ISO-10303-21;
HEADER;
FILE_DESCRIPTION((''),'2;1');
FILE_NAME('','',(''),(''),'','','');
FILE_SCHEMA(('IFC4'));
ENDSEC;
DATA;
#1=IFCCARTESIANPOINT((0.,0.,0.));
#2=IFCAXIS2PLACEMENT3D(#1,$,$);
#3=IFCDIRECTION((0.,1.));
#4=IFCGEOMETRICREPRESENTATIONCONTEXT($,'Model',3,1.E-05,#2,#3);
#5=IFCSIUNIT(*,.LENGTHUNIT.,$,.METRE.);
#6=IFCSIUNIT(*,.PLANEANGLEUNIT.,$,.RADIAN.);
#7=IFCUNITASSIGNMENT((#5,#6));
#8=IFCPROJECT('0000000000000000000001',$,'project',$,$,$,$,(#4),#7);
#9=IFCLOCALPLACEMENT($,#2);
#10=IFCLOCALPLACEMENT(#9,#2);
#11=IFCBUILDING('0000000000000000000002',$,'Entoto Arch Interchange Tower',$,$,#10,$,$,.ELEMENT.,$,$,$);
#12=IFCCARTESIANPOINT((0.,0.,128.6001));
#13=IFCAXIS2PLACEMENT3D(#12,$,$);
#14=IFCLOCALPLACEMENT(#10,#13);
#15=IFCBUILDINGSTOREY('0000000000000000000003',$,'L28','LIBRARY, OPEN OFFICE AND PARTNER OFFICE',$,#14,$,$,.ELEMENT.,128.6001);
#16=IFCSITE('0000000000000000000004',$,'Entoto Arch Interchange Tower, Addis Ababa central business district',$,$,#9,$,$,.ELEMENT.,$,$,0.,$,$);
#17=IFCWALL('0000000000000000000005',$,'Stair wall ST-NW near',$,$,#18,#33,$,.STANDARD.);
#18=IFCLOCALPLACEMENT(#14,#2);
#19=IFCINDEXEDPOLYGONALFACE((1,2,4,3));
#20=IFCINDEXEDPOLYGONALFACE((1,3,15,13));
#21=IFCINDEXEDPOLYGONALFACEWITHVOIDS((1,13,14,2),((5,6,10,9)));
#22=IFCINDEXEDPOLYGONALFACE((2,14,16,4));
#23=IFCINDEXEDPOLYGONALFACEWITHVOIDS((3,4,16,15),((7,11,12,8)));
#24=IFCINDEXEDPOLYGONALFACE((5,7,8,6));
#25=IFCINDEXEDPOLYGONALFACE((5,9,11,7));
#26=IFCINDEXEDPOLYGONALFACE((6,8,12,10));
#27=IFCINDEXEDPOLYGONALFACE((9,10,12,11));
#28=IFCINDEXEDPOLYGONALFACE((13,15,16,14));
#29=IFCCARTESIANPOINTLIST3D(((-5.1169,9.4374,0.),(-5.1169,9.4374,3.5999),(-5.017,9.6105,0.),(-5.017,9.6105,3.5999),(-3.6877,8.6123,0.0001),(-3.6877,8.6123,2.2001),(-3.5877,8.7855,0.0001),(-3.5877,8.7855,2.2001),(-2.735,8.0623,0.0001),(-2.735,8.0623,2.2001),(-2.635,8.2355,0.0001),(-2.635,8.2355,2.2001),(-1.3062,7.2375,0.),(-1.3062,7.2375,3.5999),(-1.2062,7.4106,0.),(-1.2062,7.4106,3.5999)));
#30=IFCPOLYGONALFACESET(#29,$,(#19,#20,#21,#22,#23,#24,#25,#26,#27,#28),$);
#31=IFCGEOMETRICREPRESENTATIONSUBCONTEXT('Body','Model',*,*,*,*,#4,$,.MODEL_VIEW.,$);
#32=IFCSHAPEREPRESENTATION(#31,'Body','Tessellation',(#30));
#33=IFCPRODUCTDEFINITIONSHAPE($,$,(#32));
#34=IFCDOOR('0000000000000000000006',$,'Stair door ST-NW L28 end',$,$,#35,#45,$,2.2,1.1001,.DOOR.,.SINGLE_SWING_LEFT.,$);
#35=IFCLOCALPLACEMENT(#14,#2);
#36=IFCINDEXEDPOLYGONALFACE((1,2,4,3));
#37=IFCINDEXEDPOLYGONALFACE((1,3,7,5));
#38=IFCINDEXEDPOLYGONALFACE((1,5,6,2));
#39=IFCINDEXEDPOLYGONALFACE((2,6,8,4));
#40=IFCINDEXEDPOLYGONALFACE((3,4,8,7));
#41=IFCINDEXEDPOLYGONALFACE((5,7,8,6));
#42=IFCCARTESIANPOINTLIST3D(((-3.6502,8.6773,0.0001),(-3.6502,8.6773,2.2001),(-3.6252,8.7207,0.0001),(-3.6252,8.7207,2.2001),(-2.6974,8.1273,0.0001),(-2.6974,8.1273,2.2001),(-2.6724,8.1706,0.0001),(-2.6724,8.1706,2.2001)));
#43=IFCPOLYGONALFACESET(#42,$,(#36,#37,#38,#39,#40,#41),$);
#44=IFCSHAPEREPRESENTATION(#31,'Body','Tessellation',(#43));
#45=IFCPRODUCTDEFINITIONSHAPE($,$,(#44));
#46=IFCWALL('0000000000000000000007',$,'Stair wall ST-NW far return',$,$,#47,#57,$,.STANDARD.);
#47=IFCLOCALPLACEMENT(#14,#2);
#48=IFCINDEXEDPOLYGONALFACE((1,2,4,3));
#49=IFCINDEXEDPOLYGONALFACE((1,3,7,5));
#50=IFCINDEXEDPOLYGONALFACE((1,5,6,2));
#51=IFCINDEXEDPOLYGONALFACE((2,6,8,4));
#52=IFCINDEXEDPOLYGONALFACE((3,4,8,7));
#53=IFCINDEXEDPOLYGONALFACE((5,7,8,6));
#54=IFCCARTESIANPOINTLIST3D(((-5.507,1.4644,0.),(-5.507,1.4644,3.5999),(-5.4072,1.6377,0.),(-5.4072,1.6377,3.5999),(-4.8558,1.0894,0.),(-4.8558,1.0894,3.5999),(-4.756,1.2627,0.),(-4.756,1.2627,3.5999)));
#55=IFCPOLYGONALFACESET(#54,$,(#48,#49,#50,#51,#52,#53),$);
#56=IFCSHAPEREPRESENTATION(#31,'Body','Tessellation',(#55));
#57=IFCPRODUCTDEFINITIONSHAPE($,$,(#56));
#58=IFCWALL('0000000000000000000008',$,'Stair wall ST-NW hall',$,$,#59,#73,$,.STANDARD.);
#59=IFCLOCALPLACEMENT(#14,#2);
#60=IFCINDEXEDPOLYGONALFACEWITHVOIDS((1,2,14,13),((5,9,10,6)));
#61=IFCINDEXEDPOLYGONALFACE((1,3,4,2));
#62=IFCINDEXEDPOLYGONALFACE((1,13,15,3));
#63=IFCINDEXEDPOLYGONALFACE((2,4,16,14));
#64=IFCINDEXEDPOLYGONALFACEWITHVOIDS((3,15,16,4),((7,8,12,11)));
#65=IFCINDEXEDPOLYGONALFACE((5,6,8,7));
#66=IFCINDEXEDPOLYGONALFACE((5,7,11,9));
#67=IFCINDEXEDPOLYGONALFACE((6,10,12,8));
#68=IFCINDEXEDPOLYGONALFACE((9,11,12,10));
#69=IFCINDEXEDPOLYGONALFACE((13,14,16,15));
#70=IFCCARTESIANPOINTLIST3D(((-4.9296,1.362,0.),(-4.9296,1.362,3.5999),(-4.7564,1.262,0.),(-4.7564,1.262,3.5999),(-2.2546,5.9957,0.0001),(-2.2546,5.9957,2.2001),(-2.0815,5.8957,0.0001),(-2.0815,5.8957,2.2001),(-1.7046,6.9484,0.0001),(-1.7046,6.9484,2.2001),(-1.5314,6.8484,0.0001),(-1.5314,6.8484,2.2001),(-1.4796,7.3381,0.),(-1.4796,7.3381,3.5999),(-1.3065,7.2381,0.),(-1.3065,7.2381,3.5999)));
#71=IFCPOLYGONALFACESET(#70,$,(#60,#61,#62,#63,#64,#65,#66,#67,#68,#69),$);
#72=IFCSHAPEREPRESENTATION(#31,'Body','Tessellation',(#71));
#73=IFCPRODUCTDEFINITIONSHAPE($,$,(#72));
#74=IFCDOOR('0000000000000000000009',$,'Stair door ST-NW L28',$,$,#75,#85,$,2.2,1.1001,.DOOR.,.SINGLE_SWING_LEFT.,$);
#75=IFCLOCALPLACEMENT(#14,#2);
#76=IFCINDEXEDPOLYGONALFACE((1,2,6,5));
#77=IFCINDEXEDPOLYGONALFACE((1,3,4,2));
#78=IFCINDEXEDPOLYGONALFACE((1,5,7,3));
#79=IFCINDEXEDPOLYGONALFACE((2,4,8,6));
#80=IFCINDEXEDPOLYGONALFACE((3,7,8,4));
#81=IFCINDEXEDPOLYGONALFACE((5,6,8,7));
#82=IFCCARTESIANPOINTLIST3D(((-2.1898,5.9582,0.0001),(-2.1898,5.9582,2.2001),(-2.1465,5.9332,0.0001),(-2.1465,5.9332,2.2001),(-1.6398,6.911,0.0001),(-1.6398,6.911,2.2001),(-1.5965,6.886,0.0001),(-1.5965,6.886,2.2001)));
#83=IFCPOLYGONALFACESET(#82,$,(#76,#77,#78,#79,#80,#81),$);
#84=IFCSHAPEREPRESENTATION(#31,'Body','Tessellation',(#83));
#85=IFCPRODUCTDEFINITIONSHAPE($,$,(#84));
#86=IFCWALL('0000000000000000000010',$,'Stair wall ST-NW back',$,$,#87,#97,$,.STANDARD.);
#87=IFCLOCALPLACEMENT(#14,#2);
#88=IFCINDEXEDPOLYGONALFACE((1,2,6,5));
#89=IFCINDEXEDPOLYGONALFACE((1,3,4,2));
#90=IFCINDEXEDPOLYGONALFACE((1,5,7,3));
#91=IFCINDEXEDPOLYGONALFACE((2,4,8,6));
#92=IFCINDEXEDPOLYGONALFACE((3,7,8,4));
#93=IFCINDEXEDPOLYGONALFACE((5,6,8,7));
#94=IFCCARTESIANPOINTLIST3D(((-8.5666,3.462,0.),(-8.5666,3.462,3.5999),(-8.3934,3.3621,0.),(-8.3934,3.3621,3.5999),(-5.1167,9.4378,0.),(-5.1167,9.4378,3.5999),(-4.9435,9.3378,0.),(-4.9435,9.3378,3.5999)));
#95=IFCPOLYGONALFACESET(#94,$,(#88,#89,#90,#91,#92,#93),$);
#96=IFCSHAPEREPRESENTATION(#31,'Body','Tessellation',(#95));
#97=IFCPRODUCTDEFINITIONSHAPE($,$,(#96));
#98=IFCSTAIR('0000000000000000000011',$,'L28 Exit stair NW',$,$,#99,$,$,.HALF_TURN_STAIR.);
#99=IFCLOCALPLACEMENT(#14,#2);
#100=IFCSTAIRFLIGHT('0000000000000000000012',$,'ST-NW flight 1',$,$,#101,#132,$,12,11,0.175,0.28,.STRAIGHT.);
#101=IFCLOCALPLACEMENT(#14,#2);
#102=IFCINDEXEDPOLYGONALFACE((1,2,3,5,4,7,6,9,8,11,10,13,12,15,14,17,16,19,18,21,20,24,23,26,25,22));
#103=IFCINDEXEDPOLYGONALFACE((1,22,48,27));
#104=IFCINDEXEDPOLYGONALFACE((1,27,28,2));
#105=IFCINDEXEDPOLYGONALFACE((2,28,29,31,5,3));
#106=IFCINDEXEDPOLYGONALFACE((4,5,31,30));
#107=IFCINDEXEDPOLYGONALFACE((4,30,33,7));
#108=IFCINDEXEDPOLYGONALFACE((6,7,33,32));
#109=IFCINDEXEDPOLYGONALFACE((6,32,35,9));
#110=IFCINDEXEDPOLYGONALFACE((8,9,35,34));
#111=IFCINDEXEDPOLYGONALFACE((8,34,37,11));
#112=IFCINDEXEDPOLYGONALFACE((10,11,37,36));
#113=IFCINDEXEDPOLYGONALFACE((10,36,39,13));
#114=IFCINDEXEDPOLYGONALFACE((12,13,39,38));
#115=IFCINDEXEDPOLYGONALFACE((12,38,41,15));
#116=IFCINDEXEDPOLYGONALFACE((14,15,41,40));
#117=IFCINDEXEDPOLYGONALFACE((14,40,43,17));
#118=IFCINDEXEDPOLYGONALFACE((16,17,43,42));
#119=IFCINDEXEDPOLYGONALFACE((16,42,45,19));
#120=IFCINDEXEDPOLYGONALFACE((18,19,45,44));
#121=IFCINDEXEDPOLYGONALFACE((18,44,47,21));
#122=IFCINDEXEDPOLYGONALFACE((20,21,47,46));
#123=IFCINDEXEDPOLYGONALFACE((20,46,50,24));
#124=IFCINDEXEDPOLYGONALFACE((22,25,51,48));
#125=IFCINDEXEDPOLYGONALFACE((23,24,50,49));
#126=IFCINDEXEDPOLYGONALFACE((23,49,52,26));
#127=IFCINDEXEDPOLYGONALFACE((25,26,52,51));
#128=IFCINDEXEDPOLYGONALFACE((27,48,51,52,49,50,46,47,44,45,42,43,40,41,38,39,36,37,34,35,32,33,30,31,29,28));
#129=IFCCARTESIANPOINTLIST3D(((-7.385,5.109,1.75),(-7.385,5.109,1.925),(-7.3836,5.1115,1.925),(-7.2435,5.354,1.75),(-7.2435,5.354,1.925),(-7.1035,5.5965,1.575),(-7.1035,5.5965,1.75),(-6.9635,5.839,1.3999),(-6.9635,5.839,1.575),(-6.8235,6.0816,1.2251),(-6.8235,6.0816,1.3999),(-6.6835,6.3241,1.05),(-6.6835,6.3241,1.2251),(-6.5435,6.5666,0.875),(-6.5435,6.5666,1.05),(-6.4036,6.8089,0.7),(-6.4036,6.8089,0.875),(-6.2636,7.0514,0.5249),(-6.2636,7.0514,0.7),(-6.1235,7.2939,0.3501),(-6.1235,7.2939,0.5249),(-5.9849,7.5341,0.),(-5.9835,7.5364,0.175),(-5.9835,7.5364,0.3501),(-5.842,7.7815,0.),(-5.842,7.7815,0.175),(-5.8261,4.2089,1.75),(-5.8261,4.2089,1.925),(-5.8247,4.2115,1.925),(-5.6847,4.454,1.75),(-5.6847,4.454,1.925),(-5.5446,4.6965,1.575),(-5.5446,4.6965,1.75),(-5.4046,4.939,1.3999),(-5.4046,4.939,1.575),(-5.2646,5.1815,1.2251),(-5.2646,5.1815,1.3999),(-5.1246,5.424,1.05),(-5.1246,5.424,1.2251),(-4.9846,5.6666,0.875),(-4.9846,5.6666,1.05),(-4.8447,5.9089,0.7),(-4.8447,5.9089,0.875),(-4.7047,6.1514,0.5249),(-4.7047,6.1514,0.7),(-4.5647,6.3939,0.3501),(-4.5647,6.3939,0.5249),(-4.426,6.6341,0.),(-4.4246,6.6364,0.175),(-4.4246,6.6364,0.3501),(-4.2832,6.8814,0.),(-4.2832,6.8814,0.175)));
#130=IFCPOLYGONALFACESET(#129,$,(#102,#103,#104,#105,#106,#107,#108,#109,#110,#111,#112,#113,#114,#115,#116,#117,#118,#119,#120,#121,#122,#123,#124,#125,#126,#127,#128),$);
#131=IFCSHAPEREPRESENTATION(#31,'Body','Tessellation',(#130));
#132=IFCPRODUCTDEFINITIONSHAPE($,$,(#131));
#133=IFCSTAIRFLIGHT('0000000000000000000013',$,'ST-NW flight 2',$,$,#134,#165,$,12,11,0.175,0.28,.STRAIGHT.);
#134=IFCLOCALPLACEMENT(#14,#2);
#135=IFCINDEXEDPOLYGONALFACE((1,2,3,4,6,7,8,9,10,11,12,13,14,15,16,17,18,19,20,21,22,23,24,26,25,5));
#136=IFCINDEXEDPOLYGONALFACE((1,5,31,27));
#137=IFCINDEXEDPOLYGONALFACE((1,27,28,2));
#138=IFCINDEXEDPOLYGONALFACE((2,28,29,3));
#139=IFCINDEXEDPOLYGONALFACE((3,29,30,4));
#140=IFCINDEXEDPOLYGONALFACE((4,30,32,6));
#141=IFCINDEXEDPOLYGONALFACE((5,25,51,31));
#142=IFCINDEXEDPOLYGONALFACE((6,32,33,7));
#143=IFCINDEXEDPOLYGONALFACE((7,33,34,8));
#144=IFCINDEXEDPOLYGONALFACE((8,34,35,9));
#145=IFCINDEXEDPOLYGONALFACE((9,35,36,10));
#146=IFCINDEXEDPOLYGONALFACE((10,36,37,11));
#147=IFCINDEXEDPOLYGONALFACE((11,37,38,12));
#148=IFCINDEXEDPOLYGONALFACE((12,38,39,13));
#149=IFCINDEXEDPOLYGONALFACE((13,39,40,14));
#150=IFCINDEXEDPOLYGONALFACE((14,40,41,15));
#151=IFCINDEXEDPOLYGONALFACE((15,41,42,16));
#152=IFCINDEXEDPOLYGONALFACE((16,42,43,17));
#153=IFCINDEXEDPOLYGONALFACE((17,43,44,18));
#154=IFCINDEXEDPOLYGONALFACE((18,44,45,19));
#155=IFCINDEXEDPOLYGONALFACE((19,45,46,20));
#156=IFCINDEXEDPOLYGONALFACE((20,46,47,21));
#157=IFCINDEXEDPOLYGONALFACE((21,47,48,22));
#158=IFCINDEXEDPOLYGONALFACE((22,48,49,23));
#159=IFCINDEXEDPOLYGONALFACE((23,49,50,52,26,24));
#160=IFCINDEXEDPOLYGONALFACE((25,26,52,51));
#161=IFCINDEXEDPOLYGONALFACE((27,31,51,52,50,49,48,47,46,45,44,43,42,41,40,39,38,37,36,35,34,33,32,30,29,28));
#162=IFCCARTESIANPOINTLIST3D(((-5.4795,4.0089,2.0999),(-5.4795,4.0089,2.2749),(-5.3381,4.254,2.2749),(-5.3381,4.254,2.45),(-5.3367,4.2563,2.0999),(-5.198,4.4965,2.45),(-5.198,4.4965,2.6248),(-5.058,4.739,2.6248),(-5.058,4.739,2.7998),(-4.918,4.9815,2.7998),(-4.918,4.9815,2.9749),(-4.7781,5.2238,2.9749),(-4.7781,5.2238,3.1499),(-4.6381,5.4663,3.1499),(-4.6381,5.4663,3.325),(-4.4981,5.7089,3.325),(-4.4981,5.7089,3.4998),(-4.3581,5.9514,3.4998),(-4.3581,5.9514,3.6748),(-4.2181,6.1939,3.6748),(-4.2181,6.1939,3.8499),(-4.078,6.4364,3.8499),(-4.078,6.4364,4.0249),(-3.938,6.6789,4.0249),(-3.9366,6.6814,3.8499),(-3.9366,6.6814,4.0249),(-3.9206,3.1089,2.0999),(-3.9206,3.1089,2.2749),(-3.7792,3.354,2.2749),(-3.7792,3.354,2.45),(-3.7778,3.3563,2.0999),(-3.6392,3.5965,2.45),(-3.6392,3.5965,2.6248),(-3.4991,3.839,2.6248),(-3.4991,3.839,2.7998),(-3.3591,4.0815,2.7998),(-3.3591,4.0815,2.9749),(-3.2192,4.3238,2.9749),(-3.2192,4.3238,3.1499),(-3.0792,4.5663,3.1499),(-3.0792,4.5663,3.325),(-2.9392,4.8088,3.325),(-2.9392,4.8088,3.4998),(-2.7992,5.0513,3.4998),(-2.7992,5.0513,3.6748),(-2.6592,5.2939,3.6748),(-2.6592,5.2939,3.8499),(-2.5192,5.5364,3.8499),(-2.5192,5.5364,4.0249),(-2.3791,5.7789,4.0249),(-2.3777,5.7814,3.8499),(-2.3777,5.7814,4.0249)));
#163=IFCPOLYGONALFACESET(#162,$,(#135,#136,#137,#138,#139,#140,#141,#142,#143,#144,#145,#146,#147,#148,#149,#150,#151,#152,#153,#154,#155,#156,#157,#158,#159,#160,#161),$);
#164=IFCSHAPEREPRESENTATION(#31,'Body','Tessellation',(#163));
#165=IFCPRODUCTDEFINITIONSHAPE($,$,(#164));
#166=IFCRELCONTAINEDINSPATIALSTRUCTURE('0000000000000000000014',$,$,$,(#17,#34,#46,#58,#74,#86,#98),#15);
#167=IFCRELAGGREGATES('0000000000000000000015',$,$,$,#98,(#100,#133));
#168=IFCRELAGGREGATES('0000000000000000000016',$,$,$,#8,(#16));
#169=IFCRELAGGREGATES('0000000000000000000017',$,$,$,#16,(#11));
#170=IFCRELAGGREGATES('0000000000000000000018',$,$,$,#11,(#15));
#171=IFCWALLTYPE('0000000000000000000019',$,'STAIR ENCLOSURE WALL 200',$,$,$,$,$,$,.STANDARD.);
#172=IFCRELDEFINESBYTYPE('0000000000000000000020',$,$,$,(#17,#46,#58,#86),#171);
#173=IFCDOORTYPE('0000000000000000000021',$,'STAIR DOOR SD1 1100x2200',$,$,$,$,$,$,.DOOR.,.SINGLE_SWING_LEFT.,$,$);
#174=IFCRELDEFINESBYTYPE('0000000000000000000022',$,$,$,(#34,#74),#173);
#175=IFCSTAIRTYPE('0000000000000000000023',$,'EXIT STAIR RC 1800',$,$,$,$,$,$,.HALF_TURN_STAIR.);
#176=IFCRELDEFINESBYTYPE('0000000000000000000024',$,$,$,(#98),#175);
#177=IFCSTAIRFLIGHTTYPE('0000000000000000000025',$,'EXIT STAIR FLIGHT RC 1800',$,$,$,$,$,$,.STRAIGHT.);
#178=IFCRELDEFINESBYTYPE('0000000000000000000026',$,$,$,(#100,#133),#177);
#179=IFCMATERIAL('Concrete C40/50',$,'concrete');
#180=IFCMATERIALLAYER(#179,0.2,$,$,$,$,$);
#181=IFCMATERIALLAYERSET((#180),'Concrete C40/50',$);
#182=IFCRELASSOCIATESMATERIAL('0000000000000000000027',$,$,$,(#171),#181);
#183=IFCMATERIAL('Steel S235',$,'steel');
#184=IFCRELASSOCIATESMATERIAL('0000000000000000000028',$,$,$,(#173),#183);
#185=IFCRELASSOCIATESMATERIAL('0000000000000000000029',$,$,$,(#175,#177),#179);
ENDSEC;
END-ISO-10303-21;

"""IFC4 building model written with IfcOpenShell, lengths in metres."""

from ifc_helpers import new_model, si_unit, direction, frame, frame_2d, origin, place, context, subcontext, project, spatial, polyline, rectangle, outline, extrude, material, layer, layer_set, type_object, element, fill, aggregate, save


model = new_model("IFC4")

# Units and contexts
model_context = context("Model", 3, precision=1e-05, world=origin(), true_north=direction((0.0, 1.0)))
body_context = subcontext(model_context, "Body", "Model", "MODEL_VIEW")
ifc_project = project(units=[si_unit("LENGTHUNIT", "METRE"), si_unit("PLANEANGLEUNIT", "RADIAN")], contexts=[model_context])

# Site, building, storey
site_placement = place(None, origin())
site = spatial("IfcSite", under=ifc_project, at=site_placement, Name="Entoto Arch Interchange Tower, Addis Ababa central business district", CompositionType="ELEMENT", RefElevation=0.0)
building_placement = place(site_placement, origin())
building = spatial("IfcBuilding", under=site, at=building_placement, Name="Entoto Arch Interchange Tower", CompositionType="ELEMENT")
storey_placement = place(building_placement, frame((0.0, 0.0, 128.6001)))
storey = spatial("IfcBuildingStorey", under=building, at=storey_placement, Name="L28", Description="LIBRARY, OPEN OFFICE AND PARTNER OFFICE", CompositionType="ELEMENT", Elevation=128.6001)

# Wall, opening, door
ifc_material_1 = material(Name="Concrete C40/50", Category="concrete")
ifc_layer_1 = layer(ifc_material_1, 0.2)
ifc_layer_set_1 = layer_set([ifc_layer_1], Name="Concrete C40/50")
wall_type_1 = type_object("IfcWallType", Name="STAIR ENCLOSURE WALL 200", PredefinedType="STANDARD", material=ifc_layer_set_1)
wall_1_placement = place(storey_placement, frame((-1.2561, 7.324, 0.0), z_axis=(0.0, 0.0, 1.0), x_axis=(-0.866046, 0.499964, 0.0)))
wall_1 = element("IfcWall", 1, at=wall_1_placement, inside=storey, type_object=wall_type_1, Name="Stair wall ST-NW near", PredefinedType="STANDARD", context=body_context, shape_type="SweptSolid", body=[
    extrude(rectangle(XDim=4.4001, YDim=0.2, at=frame_2d((2.2002, 0.0))), origin(), (0.0, 0.0, 1.0), 3.5999),
])
opening_1_placement = place(wall_1_placement, frame((1.6499, 0.0, 0.0)))
opening_1 = element("IfcOpeningElement", 2, at=opening_1_placement, cuts=wall_1, PredefinedType="OPENING", context=body_context, shape_type="SweptSolid", body=[
    extrude(rectangle(XDim=1.1001, YDim=2.2, at=frame_2d((0.55, 1.1001))), frame((0.0, 0.1099, 0.0), z_axis=(0.0, -1.0, 0.0), x_axis=(1.0, 0.0, 0.0)), (0.0, 0.0, 1.0), 0.22),
])
ifc_material_2 = material(Name="Steel S235", Category="steel")
door_type_1 = type_object("IfcDoorType", Name="STAIR DOOR SD1 1100x2200", OperationType="SINGLE_SWING_LEFT", PredefinedType="DOOR", material=ifc_material_2)
door_1_placement = place(opening_1_placement, origin())
door_1 = element("IfcDoor", 3, at=door_1_placement, inside=storey, type_object=door_type_1, Name="Stair door ST-NW L28 end", OperationType="SINGLE_SWING_LEFT", OverallHeight=2.2, OverallWidth=1.1001, PredefinedType="DOOR", context=body_context, shape_type="SweptSolid", body=[
    extrude(rectangle(XDim=1.1001, YDim=2.2, at=frame_2d((0.55, 1.1001))), frame((0.0, 0.0249, 0.0), z_axis=(0.0, -1.0, 0.0), x_axis=(1.0, 0.0, 0.0)), (0.0, 0.0, 1.0), 0.05),
])
fill(opening_1, door_1)

# Wall
wall_2_placement = place(storey_placement, frame((-4.8059, 1.176, 0.0), z_axis=(0.0, 0.0, 1.0), x_axis=(-0.866559, 0.499075, 0.0)))
element("IfcWall", 4, at=wall_2_placement, inside=storey, type_object=wall_type_1, Name="Stair wall ST-NW far return", PredefinedType="STANDARD", context=body_context, shape_type="SweptSolid", body=[
    extrude(rectangle(XDim=0.7515, YDim=0.2, at=frame_2d((0.3757, 0.0))), origin(), (0.0, 0.0, 1.0), 3.5999),
])

# Wall, opening, door
wall_3_placement = place(storey_placement, frame((-1.3931, 7.2881, 0.0), z_axis=(0.0, 0.0, 1.0), x_axis=(-0.499963, -0.866047, 0.0)))
wall_3 = element("IfcWall", 5, at=wall_3_placement, inside=storey, type_object=wall_type_1, Name="Stair wall ST-NW hall", PredefinedType="STANDARD", context=body_context, shape_type="SweptSolid", body=[
    extrude(rectangle(XDim=6.9004, YDim=0.2, at=frame_2d((3.4502, 0.0))), origin(), (0.0, 0.0, 1.0), 3.5999),
])
opening_2_placement = place(wall_3_placement, frame((0.45, 0.0, 0.0)))
opening_2 = element("IfcOpeningElement", 6, at=opening_2_placement, cuts=wall_3, PredefinedType="OPENING", context=body_context, shape_type="SweptSolid", body=[
    extrude(rectangle(XDim=1.1001, YDim=2.2, at=frame_2d((0.55, 1.1001))), frame((0.0, 0.1099, 0.0), z_axis=(0.0, -1.0, 0.0), x_axis=(1.0, 0.0, 0.0)), (0.0, 0.0, 1.0), 0.22),
])
door_2_placement = place(opening_2_placement, origin())
door_2 = element("IfcDoor", 7, at=door_2_placement, inside=storey, type_object=door_type_1, Name="Stair door ST-NW L28", OperationType="SINGLE_SWING_LEFT", OverallHeight=2.2, OverallWidth=1.1001, PredefinedType="DOOR", context=body_context, shape_type="SweptSolid", body=[
    extrude(rectangle(XDim=1.1001, YDim=2.2, at=frame_2d((0.55, 1.1001))), frame((0.0, 0.0249, 0.0), z_axis=(0.0, -1.0, 0.0), x_axis=(1.0, 0.0, 0.0)), (0.0, 0.0, 1.0), 0.05),
])
fill(opening_2, door_2)

# Wall
wall_4_placement = place(storey_placement, frame((-5.03, 9.3879, 0.0), z_axis=(0.0, 0.0, 1.0), x_axis=(-0.499979, -0.866038, 0.0)))
element("IfcWall", 8, at=wall_4_placement, inside=storey, type_object=wall_type_1, Name="Stair wall ST-NW back", PredefinedType="STANDARD", context=body_context, shape_type="SweptSolid", body=[
    extrude(rectangle(XDim=6.9001, YDim=0.2, at=frame_2d((3.4502, 0.0))), origin(), (0.0, 0.0, 1.0), 3.5999),
])

# Stair, stair flights
stair_type = type_object("IfcStairType", Name="EXIT STAIR RC 1800", PredefinedType="HALF_TURN_STAIR", material=ifc_material_1)
stair_placement = place(storey_placement, origin())
stair = element("IfcStair", 9, at=stair_placement, inside=storey, type_object=stair_type, Name="L28 Exit stair NW", PredefinedType="HALF_TURN_STAIR")
stair_flight_type = type_object("IfcStairFlightType", Name="EXIT STAIR FLIGHT RC 1800", PredefinedType="STRAIGHT", material=ifc_material_1)
stair_flight_1_placement = place(storey_placement, frame((-5.064, 7.3289, 0.0), z_axis=(0.0, 0.0, 1.0), x_axis=(-0.5, -0.866025, 0.0)))
stair_flight_1 = element("IfcStairFlight", 10, at=stair_flight_1_placement, type_object=stair_flight_type, Name="ST-NW flight 1", NumberOfRisers=12, NumberOfTreads=11, PredefinedType="STRAIGHT", RiserHeight=0.175, TreadLength=0.28, context=body_context, shape_type="SweptSolid", body=[
    extrude(outline(polyline([(-0.0029, 0.0), (-0.0029, 0.175), (0.28, 0.175), (0.28, 0.3501), (0.5601, 0.3501), (0.5601, 0.5249), (0.8401, 0.5249), (0.8401, 0.7), (1.1201, 0.7), (1.1201, 0.875), (1.3999, 0.875), (1.3999, 1.05), (1.6799, 1.05), (1.6799, 1.2251), (1.96, 1.2251), (1.96, 1.3999), (2.24, 1.3999), (2.24, 1.575), (2.52, 1.575), (2.52, 1.75), (2.8, 1.75), (2.8, 1.925), (3.0801, 1.925), (3.083, 1.925), (3.083, 1.75), (0.2827, 0.0), (-0.0029, 0.0)])), frame((0.0, 0.8999, 0.0), z_axis=(0.0, -1.0, 0.0), x_axis=(1.0, 0.0, 0.0)), (0.0, 0.0, 1.0), 1.8),
])
stair_flight_2_placement = place(storey_placement, frame((-4.6987, 3.5615, 2.0999), z_axis=(0.0, 0.0, 1.0), x_axis=(0.5, 0.866025, 0.0)))
stair_flight_2 = element("IfcStairFlight", 11, at=stair_flight_2_placement, type_object=stair_flight_type, Name="ST-NW flight 2", NumberOfRisers=12, NumberOfTreads=11, PredefinedType="STRAIGHT", RiserHeight=0.175, TreadLength=0.28, context=body_context, shape_type="SweptSolid", body=[
    extrude(outline(polyline([(-0.0029, 0.0), (-0.0029, 0.175), (0.28, 0.175), (0.28, 0.3501), (0.5601, 0.3501), (0.5601, 0.5249), (0.8401, 0.5249), (0.8401, 0.7), (1.1201, 0.7), (1.1201, 0.875), (1.3999, 0.875), (1.3999, 1.05), (1.6799, 1.05), (1.6799, 1.2251), (1.96, 1.2251), (1.96, 1.3999), (2.24, 1.3999), (2.24, 1.575), (2.52, 1.575), (2.52, 1.75), (2.8, 1.75), (2.8, 1.925), (3.0801, 1.925), (3.083, 1.925), (3.083, 1.75), (0.2827, 0.0), (-0.0029, 0.0)])), frame((0.0, 0.8999, 0.0), z_axis=(0.0, -1.0, 0.0), x_axis=(1.0, 0.0, 0.0)), (0.0, 0.0, 1.0), 1.8),
])
aggregate(stair, [stair_flight_1, stair_flight_2])

save(model, "model.ifc")
